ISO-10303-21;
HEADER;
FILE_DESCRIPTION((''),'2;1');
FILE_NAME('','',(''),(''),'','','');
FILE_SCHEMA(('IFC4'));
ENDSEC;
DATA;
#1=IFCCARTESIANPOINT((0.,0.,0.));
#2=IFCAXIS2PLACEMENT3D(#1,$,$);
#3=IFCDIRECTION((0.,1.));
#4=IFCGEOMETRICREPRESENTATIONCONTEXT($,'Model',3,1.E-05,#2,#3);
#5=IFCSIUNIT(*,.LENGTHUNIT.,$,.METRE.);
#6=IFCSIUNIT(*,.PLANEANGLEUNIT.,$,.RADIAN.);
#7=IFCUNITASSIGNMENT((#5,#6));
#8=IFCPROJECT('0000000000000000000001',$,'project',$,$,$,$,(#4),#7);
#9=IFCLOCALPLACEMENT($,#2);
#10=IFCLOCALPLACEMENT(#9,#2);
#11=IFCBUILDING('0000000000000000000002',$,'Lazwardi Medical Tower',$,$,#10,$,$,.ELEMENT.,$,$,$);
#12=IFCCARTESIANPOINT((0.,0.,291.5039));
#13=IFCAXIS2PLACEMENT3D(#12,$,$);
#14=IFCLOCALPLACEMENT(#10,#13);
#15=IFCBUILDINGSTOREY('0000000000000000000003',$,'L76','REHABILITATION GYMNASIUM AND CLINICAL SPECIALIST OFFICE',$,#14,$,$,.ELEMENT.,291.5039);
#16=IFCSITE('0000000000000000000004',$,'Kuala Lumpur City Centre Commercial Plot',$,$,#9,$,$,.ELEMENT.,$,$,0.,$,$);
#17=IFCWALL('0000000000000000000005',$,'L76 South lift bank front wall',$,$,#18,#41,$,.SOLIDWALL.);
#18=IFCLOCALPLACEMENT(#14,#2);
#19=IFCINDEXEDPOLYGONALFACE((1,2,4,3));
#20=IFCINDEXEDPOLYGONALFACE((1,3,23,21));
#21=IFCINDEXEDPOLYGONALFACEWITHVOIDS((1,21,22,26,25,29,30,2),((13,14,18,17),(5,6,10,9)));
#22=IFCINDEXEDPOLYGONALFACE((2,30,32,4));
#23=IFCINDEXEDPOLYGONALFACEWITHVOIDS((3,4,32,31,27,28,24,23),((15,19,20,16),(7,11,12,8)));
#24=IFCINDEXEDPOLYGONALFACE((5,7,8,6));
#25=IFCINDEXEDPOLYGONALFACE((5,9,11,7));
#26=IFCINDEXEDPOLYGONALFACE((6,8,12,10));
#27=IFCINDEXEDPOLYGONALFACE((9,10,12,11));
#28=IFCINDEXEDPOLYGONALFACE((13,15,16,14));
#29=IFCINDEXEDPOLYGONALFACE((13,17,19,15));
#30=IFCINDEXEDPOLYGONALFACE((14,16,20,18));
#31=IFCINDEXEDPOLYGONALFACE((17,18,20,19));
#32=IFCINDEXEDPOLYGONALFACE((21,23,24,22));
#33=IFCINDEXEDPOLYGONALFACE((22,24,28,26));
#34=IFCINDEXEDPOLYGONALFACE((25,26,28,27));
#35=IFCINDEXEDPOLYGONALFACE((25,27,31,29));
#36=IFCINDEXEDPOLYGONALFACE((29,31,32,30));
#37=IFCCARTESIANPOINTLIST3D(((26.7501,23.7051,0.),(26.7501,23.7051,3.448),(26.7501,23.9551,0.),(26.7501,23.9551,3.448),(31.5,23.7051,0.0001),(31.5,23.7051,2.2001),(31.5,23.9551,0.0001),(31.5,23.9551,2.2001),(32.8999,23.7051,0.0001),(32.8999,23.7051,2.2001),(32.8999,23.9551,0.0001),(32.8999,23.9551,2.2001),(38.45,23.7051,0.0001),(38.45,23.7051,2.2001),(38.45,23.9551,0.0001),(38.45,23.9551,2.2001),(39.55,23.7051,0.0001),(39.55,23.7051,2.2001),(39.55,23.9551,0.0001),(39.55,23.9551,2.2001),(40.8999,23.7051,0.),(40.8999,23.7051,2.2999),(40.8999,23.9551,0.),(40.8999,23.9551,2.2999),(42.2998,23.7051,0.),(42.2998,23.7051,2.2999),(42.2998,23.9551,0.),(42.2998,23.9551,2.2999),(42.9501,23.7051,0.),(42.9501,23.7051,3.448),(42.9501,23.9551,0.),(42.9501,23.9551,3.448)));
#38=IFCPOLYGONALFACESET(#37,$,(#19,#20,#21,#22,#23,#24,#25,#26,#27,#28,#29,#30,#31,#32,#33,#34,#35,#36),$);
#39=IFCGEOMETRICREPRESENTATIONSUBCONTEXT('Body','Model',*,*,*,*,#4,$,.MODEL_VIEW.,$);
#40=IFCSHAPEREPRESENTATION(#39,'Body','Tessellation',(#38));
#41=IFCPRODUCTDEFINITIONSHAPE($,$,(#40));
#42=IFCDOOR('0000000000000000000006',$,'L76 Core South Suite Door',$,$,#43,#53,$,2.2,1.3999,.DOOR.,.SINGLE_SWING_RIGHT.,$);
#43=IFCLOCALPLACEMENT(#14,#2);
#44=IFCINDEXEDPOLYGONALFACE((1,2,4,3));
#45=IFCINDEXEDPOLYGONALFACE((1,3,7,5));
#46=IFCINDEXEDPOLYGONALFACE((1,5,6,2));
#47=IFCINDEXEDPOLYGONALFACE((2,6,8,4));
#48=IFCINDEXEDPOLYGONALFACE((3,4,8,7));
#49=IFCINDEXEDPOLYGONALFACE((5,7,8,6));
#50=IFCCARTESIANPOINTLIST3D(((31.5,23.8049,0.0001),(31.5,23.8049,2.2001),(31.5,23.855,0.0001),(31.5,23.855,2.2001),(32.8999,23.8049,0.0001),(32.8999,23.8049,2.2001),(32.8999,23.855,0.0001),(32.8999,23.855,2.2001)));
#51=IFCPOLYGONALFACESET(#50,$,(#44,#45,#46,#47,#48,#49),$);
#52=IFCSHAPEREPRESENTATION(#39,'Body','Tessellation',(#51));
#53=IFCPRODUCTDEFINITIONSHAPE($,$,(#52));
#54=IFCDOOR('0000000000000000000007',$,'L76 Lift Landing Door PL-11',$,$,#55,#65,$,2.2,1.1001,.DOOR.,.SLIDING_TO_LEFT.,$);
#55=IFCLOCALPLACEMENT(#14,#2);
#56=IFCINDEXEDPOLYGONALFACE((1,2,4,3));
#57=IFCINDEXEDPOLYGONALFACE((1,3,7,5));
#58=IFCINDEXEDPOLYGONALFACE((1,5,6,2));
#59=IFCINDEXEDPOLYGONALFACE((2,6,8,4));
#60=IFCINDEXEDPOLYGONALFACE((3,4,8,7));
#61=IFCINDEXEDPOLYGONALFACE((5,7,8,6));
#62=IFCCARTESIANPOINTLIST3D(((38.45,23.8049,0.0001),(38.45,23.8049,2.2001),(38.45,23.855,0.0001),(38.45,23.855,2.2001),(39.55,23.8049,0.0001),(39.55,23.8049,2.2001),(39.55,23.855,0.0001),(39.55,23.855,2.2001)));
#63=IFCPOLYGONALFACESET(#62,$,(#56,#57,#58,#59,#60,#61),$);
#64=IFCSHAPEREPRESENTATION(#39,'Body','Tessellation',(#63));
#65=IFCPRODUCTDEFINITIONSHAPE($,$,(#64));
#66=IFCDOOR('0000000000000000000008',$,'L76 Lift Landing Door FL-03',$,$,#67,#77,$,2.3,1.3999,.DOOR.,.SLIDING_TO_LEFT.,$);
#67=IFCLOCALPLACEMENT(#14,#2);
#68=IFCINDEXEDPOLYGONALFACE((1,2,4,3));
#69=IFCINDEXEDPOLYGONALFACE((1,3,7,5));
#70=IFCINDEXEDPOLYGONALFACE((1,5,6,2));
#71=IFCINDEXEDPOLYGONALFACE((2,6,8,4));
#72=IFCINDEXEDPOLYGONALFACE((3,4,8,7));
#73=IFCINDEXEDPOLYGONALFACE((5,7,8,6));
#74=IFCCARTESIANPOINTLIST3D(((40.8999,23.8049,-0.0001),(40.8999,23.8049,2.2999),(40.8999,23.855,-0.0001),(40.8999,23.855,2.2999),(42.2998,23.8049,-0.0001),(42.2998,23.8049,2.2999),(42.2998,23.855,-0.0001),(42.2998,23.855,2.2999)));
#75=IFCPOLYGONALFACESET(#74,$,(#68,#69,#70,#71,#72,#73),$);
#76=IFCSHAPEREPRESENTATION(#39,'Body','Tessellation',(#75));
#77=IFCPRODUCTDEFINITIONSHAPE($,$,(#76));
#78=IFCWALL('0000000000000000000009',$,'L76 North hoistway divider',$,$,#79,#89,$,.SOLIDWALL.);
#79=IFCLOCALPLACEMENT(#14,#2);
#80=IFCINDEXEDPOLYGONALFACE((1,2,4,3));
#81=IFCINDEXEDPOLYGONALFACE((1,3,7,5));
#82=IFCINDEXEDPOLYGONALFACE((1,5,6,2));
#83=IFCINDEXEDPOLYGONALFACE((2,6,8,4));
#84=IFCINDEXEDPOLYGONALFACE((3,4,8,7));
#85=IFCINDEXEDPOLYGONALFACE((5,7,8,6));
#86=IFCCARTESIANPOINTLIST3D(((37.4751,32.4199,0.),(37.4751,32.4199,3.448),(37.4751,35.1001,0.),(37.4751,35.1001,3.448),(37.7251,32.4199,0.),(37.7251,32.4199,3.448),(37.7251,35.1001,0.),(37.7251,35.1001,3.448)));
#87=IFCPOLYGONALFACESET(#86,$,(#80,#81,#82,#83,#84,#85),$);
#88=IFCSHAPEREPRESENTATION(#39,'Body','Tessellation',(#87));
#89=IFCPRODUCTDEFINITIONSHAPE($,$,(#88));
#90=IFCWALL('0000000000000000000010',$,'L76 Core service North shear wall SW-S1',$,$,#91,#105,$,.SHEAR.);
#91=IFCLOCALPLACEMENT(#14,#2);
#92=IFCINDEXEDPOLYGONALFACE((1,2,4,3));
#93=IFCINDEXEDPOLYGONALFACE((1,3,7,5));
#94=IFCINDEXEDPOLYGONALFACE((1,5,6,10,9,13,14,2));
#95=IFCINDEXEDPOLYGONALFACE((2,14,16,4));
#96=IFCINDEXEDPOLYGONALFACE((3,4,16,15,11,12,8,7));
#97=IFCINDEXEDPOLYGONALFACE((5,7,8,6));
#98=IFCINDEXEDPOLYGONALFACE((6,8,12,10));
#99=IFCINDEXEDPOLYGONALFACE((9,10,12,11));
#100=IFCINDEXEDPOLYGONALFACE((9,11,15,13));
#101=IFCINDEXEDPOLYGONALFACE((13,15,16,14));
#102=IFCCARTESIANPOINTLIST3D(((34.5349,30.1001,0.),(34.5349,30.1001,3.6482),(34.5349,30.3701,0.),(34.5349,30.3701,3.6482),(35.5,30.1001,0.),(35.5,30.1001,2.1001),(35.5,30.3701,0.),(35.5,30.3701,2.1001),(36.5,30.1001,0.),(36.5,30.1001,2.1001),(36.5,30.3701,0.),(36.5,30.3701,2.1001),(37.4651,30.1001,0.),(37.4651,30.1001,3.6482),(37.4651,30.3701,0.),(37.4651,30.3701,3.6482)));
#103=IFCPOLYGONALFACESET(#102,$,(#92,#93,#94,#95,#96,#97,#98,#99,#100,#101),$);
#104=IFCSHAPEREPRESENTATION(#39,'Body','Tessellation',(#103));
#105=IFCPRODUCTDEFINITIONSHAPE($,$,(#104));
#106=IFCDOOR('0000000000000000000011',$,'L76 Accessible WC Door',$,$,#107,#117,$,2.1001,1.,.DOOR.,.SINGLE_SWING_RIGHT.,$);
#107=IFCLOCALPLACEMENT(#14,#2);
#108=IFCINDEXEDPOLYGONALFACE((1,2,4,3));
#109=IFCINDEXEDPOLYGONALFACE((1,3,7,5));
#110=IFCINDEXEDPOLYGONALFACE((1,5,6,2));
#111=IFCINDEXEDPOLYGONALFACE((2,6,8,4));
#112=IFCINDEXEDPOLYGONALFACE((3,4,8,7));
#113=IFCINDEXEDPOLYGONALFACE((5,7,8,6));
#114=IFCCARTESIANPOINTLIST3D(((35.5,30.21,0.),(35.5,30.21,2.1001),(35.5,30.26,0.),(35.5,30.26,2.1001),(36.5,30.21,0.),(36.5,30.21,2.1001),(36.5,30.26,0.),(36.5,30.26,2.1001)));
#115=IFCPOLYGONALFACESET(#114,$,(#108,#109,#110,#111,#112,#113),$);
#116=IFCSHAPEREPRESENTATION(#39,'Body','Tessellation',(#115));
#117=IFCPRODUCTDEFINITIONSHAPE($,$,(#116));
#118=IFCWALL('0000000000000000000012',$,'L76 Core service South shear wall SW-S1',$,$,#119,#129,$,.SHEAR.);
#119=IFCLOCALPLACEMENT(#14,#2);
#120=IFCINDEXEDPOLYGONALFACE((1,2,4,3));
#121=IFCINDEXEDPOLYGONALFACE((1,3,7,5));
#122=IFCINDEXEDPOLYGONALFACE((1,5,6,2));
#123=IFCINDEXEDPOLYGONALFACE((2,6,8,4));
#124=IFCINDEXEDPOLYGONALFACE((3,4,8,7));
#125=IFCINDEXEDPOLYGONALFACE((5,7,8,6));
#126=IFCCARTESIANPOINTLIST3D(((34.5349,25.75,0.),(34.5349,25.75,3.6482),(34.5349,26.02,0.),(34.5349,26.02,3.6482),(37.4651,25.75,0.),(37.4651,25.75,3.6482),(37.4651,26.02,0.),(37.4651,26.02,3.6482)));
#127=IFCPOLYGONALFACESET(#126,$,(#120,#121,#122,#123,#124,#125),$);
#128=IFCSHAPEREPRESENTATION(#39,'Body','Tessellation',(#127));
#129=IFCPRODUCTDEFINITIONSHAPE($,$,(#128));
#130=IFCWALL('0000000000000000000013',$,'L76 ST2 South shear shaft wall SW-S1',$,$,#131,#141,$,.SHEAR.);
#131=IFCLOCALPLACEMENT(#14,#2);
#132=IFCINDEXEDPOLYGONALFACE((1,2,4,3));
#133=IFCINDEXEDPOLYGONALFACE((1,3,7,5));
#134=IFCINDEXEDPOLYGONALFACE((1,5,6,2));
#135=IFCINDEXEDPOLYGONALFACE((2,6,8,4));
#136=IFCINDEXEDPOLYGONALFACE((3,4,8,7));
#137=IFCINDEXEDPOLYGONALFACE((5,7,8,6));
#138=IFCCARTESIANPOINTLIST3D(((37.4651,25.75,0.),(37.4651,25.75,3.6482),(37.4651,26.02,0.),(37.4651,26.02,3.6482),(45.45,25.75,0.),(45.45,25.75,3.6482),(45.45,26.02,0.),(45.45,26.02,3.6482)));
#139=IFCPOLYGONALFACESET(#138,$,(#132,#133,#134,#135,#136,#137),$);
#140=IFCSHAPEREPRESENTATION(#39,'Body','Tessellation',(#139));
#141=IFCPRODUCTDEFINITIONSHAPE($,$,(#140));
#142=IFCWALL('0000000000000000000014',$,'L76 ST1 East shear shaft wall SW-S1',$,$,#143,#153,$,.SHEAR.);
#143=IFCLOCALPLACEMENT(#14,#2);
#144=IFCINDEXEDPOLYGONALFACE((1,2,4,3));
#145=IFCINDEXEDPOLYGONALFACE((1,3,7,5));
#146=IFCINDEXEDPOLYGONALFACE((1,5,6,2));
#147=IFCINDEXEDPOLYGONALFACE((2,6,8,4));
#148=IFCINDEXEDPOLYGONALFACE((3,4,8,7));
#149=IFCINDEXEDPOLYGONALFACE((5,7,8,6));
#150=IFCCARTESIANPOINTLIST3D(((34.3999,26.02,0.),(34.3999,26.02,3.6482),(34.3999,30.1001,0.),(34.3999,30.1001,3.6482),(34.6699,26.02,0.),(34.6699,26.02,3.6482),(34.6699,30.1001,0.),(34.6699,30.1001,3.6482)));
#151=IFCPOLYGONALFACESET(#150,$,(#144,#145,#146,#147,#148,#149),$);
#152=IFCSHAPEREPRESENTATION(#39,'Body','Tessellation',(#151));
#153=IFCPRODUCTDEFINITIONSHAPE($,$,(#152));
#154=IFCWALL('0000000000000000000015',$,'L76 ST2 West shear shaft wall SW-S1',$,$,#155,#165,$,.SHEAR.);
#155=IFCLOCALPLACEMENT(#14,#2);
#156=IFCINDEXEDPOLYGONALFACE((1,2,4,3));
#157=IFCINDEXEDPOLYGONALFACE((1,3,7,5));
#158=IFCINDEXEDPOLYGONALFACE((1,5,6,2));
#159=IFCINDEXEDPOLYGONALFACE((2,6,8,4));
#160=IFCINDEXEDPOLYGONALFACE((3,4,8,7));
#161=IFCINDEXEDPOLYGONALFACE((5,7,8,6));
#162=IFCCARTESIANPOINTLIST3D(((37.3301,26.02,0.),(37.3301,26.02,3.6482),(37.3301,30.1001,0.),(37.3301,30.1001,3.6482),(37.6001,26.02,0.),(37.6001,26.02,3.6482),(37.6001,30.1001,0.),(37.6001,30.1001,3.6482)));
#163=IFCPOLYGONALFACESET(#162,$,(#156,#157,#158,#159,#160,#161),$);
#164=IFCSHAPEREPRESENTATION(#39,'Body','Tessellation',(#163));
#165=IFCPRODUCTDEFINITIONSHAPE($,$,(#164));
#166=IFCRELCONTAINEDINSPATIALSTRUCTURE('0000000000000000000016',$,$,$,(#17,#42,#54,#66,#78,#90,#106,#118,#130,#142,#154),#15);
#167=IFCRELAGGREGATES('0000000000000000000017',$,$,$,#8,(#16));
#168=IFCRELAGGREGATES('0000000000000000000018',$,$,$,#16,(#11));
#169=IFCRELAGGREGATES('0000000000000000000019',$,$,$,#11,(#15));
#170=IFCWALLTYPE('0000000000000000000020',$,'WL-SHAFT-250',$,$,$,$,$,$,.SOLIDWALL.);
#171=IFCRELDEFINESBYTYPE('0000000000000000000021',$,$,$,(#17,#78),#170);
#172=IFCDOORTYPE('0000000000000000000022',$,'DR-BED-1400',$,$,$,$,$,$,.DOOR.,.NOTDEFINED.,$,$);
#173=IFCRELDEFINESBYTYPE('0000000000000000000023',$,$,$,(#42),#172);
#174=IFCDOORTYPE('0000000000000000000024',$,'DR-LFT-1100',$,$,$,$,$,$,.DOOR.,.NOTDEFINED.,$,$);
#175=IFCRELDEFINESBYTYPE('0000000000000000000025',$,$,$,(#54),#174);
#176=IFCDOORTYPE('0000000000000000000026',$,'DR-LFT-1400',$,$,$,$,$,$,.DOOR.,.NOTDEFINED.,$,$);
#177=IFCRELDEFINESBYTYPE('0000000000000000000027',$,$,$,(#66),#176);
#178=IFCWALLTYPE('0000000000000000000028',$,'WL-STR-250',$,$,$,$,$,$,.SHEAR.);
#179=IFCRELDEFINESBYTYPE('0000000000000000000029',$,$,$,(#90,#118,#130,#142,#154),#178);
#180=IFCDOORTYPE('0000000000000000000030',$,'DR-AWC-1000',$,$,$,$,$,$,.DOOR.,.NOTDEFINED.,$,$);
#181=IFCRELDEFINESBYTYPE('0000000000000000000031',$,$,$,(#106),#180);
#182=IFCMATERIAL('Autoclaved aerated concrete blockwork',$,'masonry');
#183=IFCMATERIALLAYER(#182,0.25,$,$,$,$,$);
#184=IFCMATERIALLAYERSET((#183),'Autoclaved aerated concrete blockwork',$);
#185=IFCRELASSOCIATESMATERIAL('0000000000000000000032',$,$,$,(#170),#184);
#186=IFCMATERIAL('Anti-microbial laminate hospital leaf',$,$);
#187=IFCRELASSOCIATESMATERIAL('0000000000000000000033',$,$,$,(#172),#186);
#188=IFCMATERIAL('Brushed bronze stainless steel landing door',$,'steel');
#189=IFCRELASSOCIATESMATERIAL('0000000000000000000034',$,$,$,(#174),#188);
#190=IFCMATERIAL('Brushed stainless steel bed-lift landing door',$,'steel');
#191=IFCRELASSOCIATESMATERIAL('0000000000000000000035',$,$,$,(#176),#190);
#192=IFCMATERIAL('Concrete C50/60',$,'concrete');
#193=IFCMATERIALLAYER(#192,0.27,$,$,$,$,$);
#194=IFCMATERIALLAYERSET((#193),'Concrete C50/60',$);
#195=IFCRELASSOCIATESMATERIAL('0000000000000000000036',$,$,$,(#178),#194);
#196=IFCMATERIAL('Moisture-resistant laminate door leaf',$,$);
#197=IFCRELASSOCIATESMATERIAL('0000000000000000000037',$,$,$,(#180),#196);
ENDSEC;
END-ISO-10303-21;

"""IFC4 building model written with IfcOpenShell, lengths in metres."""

from ifc_helpers import new_model, si_unit, direction, frame, frame_2d, origin, place, context, subcontext, project, spatial, rectangle, extrude, material, layer, layer_set, type_object, element, fill, save


model = new_model("IFC4")

# Units and contexts
model_context = context("Model", 3, precision=1e-05, world=origin(), true_north=direction((0.0, 1.0)))
body_context = subcontext(model_context, "Body", "Model", "MODEL_VIEW")
ifc_project = project(units=[si_unit("LENGTHUNIT", "METRE"), si_unit("PLANEANGLEUNIT", "RADIAN")], contexts=[model_context])

# Site, building, storey
site_placement = place(None, origin())
site = spatial("IfcSite", under=ifc_project, at=site_placement, Name="Kuala Lumpur City Centre Commercial Plot", CompositionType="ELEMENT", RefElevation=0.0)
building_placement = place(site_placement, origin())
building = spatial("IfcBuilding", under=site, at=building_placement, Name="Lazwardi Medical Tower", CompositionType="ELEMENT")
storey_placement = place(building_placement, frame((0.0, 0.0, 291.5039)))
storey = spatial("IfcBuildingStorey", under=building, at=storey_placement, Name="L76", Description="REHABILITATION GYMNASIUM AND CLINICAL SPECIALIST OFFICE", CompositionType="ELEMENT", Elevation=291.5039)

# Wall, openings, doors
ifc_material_1 = material(Name="Autoclaved aerated concrete blockwork", Category="masonry")
ifc_layer_1 = layer(ifc_material_1, 0.25)
ifc_layer_set_1 = layer_set([ifc_layer_1], Name="Autoclaved aerated concrete blockwork")
wall_type_1 = type_object("IfcWallType", Name="WL-SHAFT-250", PredefinedType="SOLIDWALL", material=ifc_layer_set_1)
wall_1_placement = place(storey_placement, frame((26.75, 23.8301, 0.0), z_axis=(0.0, 0.0, 1.0), x_axis=(1.0, 0.0, 0.0)))
wall_1 = element("IfcWall", 1, at=wall_1_placement, inside=storey, type_object=wall_type_1, Name="L76 South lift bank front wall", PredefinedType="SOLIDWALL", context=body_context, shape_type="SweptSolid", body=[
    extrude(rectangle(XDim=16.2, YDim=0.25, at=frame_2d((8.1001, 0.0))), origin(), (0.0, 0.0, 1.0), 3.448),
])
opening_1_placement = place(wall_1_placement, frame((4.75, 0.0, 0.0)))
opening_1 = element("IfcOpeningElement", 2, at=opening_1_placement, cuts=wall_1, PredefinedType="OPENING", context=body_context, shape_type="SweptSolid", body=[
    extrude(rectangle(XDim=1.3999, YDim=2.2, at=frame_2d((0.7, 1.1001))), frame((0.0, 0.135, 0.0), z_axis=(0.0, -1.0, 0.0), x_axis=(1.0, 0.0, 0.0)), (0.0, 0.0, 1.0), 0.27),
])
opening_2_placement = place(wall_1_placement, frame((11.7, 0.0, 0.0)))
opening_2 = element("IfcOpeningElement", 3, at=opening_2_placement, cuts=wall_1, PredefinedType="OPENING", context=body_context, shape_type="SweptSolid", body=[
    extrude(rectangle(XDim=1.1001, YDim=2.2, at=frame_2d((0.55, 1.1001))), frame((0.0, 0.135, 0.0), z_axis=(0.0, -1.0, 0.0), x_axis=(1.0, 0.0, 0.0)), (0.0, 0.0, 1.0), 0.27),
])
opening_3_placement = place(wall_1_placement, frame((14.1499, 0.0, 0.0)))
opening_3 = element("IfcOpeningElement", 4, at=opening_3_placement, cuts=wall_1, PredefinedType="OPENING", context=body_context, shape_type="SweptSolid", body=[
    extrude(rectangle(XDim=1.3999, YDim=2.3, at=frame_2d((0.7, 1.1499))), frame((0.0, 0.135, 0.0), z_axis=(0.0, -1.0, 0.0), x_axis=(1.0, 0.0, 0.0)), (0.0, 0.0, 1.0), 0.27),
])
ifc_material_2 = material(Name="Anti-microbial laminate hospital leaf")
door_type_1 = type_object("IfcDoorType", Name="DR-BED-1400", OperationType="NOTDEFINED", PredefinedType="DOOR", material=ifc_material_2)
door_1_placement = place(opening_1_placement, origin())
door_1 = element("IfcDoor", 5, at=door_1_placement, inside=storey, type_object=door_type_1, Name="L76 Core South Suite Door", OperationType="SINGLE_SWING_RIGHT", OverallHeight=2.2, OverallWidth=1.3999, PredefinedType="DOOR", context=body_context, shape_type="SweptSolid", body=[
    extrude(rectangle(XDim=1.3999, YDim=2.2, at=frame_2d((0.7, 1.1001))), frame((0.0, 0.0249, 0.0), z_axis=(0.0, -1.0, 0.0), x_axis=(1.0, 0.0, 0.0)), (0.0, 0.0, 1.0), 0.05),
])
fill(opening_1, door_1)
ifc_material_3 = material(Name="Brushed bronze stainless steel landing door", Category="steel")
door_type_2 = type_object("IfcDoorType", Name="DR-LFT-1100", OperationType="NOTDEFINED", PredefinedType="DOOR", material=ifc_material_3)
door_2_placement = place(opening_2_placement, origin())
door_2 = element("IfcDoor", 6, at=door_2_placement, inside=storey, type_object=door_type_2, Name="L76 Lift Landing Door PL-11", OperationType="SLIDING_TO_LEFT", OverallHeight=2.2, OverallWidth=1.1001, PredefinedType="DOOR", context=body_context, shape_type="SweptSolid", body=[
    extrude(rectangle(XDim=1.1001, YDim=2.2, at=frame_2d((0.55, 1.1001))), frame((0.0, 0.0249, 0.0), z_axis=(0.0, -1.0, 0.0), x_axis=(1.0, 0.0, 0.0)), (0.0, 0.0, 1.0), 0.05),
])
fill(opening_2, door_2)
ifc_material_4 = material(Name="Brushed stainless steel bed-lift landing door", Category="steel")
door_type_3 = type_object("IfcDoorType", Name="DR-LFT-1400", OperationType="NOTDEFINED", PredefinedType="DOOR", material=ifc_material_4)
door_3_placement = place(opening_3_placement, origin())
door_3 = element("IfcDoor", 7, at=door_3_placement, inside=storey, type_object=door_type_3, Name="L76 Lift Landing Door FL-03", OperationType="SLIDING_TO_LEFT", OverallHeight=2.3, OverallWidth=1.3999, PredefinedType="DOOR", context=body_context, shape_type="SweptSolid", body=[
    extrude(rectangle(XDim=1.3999, YDim=2.3, at=frame_2d((0.7, 1.1499))), frame((0.0, 0.0249, 0.0), z_axis=(0.0, -1.0, 0.0), x_axis=(1.0, 0.0, 0.0)), (0.0, 0.0, 1.0), 0.05),
])
fill(opening_3, door_3)

# Wall
wall_2_placement = place(storey_placement, frame((37.6001, 32.4199, 0.0), z_axis=(0.0, 0.0, 1.0), x_axis=(0.0, 1.0, 0.0)))
element("IfcWall", 8, at=wall_2_placement, inside=storey, type_object=wall_type_1, Name="L76 North hoistway divider", PredefinedType="SOLIDWALL", context=body_context, shape_type="SweptSolid", body=[
    extrude(rectangle(XDim=2.6802, YDim=0.25, at=frame_2d((1.3401, 0.0))), origin(), (0.0, 0.0, 1.0), 3.448),
])

# Wall, opening, door
ifc_material_5 = material(Name="Concrete C50/60", Category="concrete")
ifc_layer_2 = layer(ifc_material_5, 0.27)
ifc_layer_set_2 = layer_set([ifc_layer_2], Name="Concrete C50/60")
wall_type_2 = type_object("IfcWallType", Name="WL-STR-250", PredefinedType="SHEAR", material=ifc_layer_set_2)
wall_3_placement = place(storey_placement, frame((34.5349, 30.2351, 0.0), z_axis=(0.0, 0.0, 1.0), x_axis=(1.0, 0.0, 0.0)))
wall_3 = element("IfcWall", 9, at=wall_3_placement, inside=storey, type_object=wall_type_2, Name="L76 Core service North shear wall SW-S1", PredefinedType="SHEAR", context=body_context, shape_type="SweptSolid", body=[
    extrude(rectangle(XDim=2.9302, YDim=0.27, at=frame_2d((1.4651, 0.0))), origin(), (0.0, 0.0, 1.0), 3.6482),
])
opening_4_placement = place(wall_3_placement, frame((0.9651, 0.0, 0.0)))
opening_4 = element("IfcOpeningElement", 10, at=opening_4_placement, cuts=wall_3, PredefinedType="OPENING", context=body_context, shape_type="SweptSolid", body=[
    extrude(rectangle(XDim=1.0, YDim=2.1001, at=frame_2d((0.5, 1.05))), frame((0.0, 0.145, 0.0), z_axis=(0.0, -1.0, 0.0), x_axis=(1.0, 0.0, 0.0)), (0.0, 0.0, 1.0), 0.29),
])
ifc_material_6 = material(Name="Moisture-resistant laminate door leaf")
door_type_4 = type_object("IfcDoorType", Name="DR-AWC-1000", OperationType="NOTDEFINED", PredefinedType="DOOR", material=ifc_material_6)
door_4_placement = place(opening_4_placement, origin())
door_4 = element("IfcDoor", 11, at=door_4_placement, inside=storey, type_object=door_type_4, Name="L76 Accessible WC Door", OperationType="SINGLE_SWING_RIGHT", OverallHeight=2.1001, OverallWidth=1.0, PredefinedType="DOOR", context=body_context, shape_type="SweptSolid", body=[
    extrude(rectangle(XDim=1.0, YDim=2.1001, at=frame_2d((0.5, 1.05))), frame((0.0, 0.0249, 0.0), z_axis=(0.0, -1.0, 0.0), x_axis=(1.0, 0.0, 0.0)), (0.0, 0.0, 1.0), 0.05),
])
fill(opening_4, door_4)

# Walls
wall_4_placement = place(storey_placement, frame((34.5349, 25.885, 0.0), z_axis=(0.0, 0.0, 1.0), x_axis=(1.0, 0.0, 0.0)))
element("IfcWall", 12, at=wall_4_placement, inside=storey, type_object=wall_type_2, Name="L76 Core service South shear wall SW-S1", PredefinedType="SHEAR", context=body_context, shape_type="SweptSolid", body=[
    extrude(rectangle(XDim=2.9302, YDim=0.27, at=frame_2d((1.4651, 0.0))), origin(), (0.0, 0.0, 1.0), 3.6482),
])
wall_5_placement = place(storey_placement, frame((37.4651, 25.885, 0.0), z_axis=(0.0, 0.0, 1.0), x_axis=(1.0, 0.0, 0.0)))
element("IfcWall", 13, at=wall_5_placement, inside=storey, type_object=wall_type_2, Name="L76 ST2 South shear shaft wall SW-S1", PredefinedType="SHEAR", context=body_context, shape_type="SweptSolid", body=[
    extrude(rectangle(XDim=7.9849, YDim=0.27, at=frame_2d((3.9924, 0.0))), origin(), (0.0, 0.0, 1.0), 3.6482),
])
for number, where, z_axis, x_axis, name in (
    (14, (34.5349, 26.02, 0.0), (0.0, 0.0, 1.0), (0.0, 1.0, 0.0), "L76 ST1 East shear shaft wall SW-S1"),
    (15, (37.4651, 26.02, 0.0), (0.0, 0.0, 1.0), (0.0, 1.0, 0.0), "L76 ST2 West shear shaft wall SW-S1"),
):
    element("IfcWall", number, at=place(storey_placement, frame(where, z_axis=z_axis, x_axis=x_axis)), inside=storey, type_object=wall_type_2, Name=name, PredefinedType="SHEAR", context=body_context, shape_type="SweptSolid", body=[
        extrude(rectangle(XDim=4.0801, YDim=0.27, at=frame_2d((2.04, 0.0))), origin(), (0.0, 0.0, 1.0), 3.6482),
    ])

save(model, "model.ifc")
